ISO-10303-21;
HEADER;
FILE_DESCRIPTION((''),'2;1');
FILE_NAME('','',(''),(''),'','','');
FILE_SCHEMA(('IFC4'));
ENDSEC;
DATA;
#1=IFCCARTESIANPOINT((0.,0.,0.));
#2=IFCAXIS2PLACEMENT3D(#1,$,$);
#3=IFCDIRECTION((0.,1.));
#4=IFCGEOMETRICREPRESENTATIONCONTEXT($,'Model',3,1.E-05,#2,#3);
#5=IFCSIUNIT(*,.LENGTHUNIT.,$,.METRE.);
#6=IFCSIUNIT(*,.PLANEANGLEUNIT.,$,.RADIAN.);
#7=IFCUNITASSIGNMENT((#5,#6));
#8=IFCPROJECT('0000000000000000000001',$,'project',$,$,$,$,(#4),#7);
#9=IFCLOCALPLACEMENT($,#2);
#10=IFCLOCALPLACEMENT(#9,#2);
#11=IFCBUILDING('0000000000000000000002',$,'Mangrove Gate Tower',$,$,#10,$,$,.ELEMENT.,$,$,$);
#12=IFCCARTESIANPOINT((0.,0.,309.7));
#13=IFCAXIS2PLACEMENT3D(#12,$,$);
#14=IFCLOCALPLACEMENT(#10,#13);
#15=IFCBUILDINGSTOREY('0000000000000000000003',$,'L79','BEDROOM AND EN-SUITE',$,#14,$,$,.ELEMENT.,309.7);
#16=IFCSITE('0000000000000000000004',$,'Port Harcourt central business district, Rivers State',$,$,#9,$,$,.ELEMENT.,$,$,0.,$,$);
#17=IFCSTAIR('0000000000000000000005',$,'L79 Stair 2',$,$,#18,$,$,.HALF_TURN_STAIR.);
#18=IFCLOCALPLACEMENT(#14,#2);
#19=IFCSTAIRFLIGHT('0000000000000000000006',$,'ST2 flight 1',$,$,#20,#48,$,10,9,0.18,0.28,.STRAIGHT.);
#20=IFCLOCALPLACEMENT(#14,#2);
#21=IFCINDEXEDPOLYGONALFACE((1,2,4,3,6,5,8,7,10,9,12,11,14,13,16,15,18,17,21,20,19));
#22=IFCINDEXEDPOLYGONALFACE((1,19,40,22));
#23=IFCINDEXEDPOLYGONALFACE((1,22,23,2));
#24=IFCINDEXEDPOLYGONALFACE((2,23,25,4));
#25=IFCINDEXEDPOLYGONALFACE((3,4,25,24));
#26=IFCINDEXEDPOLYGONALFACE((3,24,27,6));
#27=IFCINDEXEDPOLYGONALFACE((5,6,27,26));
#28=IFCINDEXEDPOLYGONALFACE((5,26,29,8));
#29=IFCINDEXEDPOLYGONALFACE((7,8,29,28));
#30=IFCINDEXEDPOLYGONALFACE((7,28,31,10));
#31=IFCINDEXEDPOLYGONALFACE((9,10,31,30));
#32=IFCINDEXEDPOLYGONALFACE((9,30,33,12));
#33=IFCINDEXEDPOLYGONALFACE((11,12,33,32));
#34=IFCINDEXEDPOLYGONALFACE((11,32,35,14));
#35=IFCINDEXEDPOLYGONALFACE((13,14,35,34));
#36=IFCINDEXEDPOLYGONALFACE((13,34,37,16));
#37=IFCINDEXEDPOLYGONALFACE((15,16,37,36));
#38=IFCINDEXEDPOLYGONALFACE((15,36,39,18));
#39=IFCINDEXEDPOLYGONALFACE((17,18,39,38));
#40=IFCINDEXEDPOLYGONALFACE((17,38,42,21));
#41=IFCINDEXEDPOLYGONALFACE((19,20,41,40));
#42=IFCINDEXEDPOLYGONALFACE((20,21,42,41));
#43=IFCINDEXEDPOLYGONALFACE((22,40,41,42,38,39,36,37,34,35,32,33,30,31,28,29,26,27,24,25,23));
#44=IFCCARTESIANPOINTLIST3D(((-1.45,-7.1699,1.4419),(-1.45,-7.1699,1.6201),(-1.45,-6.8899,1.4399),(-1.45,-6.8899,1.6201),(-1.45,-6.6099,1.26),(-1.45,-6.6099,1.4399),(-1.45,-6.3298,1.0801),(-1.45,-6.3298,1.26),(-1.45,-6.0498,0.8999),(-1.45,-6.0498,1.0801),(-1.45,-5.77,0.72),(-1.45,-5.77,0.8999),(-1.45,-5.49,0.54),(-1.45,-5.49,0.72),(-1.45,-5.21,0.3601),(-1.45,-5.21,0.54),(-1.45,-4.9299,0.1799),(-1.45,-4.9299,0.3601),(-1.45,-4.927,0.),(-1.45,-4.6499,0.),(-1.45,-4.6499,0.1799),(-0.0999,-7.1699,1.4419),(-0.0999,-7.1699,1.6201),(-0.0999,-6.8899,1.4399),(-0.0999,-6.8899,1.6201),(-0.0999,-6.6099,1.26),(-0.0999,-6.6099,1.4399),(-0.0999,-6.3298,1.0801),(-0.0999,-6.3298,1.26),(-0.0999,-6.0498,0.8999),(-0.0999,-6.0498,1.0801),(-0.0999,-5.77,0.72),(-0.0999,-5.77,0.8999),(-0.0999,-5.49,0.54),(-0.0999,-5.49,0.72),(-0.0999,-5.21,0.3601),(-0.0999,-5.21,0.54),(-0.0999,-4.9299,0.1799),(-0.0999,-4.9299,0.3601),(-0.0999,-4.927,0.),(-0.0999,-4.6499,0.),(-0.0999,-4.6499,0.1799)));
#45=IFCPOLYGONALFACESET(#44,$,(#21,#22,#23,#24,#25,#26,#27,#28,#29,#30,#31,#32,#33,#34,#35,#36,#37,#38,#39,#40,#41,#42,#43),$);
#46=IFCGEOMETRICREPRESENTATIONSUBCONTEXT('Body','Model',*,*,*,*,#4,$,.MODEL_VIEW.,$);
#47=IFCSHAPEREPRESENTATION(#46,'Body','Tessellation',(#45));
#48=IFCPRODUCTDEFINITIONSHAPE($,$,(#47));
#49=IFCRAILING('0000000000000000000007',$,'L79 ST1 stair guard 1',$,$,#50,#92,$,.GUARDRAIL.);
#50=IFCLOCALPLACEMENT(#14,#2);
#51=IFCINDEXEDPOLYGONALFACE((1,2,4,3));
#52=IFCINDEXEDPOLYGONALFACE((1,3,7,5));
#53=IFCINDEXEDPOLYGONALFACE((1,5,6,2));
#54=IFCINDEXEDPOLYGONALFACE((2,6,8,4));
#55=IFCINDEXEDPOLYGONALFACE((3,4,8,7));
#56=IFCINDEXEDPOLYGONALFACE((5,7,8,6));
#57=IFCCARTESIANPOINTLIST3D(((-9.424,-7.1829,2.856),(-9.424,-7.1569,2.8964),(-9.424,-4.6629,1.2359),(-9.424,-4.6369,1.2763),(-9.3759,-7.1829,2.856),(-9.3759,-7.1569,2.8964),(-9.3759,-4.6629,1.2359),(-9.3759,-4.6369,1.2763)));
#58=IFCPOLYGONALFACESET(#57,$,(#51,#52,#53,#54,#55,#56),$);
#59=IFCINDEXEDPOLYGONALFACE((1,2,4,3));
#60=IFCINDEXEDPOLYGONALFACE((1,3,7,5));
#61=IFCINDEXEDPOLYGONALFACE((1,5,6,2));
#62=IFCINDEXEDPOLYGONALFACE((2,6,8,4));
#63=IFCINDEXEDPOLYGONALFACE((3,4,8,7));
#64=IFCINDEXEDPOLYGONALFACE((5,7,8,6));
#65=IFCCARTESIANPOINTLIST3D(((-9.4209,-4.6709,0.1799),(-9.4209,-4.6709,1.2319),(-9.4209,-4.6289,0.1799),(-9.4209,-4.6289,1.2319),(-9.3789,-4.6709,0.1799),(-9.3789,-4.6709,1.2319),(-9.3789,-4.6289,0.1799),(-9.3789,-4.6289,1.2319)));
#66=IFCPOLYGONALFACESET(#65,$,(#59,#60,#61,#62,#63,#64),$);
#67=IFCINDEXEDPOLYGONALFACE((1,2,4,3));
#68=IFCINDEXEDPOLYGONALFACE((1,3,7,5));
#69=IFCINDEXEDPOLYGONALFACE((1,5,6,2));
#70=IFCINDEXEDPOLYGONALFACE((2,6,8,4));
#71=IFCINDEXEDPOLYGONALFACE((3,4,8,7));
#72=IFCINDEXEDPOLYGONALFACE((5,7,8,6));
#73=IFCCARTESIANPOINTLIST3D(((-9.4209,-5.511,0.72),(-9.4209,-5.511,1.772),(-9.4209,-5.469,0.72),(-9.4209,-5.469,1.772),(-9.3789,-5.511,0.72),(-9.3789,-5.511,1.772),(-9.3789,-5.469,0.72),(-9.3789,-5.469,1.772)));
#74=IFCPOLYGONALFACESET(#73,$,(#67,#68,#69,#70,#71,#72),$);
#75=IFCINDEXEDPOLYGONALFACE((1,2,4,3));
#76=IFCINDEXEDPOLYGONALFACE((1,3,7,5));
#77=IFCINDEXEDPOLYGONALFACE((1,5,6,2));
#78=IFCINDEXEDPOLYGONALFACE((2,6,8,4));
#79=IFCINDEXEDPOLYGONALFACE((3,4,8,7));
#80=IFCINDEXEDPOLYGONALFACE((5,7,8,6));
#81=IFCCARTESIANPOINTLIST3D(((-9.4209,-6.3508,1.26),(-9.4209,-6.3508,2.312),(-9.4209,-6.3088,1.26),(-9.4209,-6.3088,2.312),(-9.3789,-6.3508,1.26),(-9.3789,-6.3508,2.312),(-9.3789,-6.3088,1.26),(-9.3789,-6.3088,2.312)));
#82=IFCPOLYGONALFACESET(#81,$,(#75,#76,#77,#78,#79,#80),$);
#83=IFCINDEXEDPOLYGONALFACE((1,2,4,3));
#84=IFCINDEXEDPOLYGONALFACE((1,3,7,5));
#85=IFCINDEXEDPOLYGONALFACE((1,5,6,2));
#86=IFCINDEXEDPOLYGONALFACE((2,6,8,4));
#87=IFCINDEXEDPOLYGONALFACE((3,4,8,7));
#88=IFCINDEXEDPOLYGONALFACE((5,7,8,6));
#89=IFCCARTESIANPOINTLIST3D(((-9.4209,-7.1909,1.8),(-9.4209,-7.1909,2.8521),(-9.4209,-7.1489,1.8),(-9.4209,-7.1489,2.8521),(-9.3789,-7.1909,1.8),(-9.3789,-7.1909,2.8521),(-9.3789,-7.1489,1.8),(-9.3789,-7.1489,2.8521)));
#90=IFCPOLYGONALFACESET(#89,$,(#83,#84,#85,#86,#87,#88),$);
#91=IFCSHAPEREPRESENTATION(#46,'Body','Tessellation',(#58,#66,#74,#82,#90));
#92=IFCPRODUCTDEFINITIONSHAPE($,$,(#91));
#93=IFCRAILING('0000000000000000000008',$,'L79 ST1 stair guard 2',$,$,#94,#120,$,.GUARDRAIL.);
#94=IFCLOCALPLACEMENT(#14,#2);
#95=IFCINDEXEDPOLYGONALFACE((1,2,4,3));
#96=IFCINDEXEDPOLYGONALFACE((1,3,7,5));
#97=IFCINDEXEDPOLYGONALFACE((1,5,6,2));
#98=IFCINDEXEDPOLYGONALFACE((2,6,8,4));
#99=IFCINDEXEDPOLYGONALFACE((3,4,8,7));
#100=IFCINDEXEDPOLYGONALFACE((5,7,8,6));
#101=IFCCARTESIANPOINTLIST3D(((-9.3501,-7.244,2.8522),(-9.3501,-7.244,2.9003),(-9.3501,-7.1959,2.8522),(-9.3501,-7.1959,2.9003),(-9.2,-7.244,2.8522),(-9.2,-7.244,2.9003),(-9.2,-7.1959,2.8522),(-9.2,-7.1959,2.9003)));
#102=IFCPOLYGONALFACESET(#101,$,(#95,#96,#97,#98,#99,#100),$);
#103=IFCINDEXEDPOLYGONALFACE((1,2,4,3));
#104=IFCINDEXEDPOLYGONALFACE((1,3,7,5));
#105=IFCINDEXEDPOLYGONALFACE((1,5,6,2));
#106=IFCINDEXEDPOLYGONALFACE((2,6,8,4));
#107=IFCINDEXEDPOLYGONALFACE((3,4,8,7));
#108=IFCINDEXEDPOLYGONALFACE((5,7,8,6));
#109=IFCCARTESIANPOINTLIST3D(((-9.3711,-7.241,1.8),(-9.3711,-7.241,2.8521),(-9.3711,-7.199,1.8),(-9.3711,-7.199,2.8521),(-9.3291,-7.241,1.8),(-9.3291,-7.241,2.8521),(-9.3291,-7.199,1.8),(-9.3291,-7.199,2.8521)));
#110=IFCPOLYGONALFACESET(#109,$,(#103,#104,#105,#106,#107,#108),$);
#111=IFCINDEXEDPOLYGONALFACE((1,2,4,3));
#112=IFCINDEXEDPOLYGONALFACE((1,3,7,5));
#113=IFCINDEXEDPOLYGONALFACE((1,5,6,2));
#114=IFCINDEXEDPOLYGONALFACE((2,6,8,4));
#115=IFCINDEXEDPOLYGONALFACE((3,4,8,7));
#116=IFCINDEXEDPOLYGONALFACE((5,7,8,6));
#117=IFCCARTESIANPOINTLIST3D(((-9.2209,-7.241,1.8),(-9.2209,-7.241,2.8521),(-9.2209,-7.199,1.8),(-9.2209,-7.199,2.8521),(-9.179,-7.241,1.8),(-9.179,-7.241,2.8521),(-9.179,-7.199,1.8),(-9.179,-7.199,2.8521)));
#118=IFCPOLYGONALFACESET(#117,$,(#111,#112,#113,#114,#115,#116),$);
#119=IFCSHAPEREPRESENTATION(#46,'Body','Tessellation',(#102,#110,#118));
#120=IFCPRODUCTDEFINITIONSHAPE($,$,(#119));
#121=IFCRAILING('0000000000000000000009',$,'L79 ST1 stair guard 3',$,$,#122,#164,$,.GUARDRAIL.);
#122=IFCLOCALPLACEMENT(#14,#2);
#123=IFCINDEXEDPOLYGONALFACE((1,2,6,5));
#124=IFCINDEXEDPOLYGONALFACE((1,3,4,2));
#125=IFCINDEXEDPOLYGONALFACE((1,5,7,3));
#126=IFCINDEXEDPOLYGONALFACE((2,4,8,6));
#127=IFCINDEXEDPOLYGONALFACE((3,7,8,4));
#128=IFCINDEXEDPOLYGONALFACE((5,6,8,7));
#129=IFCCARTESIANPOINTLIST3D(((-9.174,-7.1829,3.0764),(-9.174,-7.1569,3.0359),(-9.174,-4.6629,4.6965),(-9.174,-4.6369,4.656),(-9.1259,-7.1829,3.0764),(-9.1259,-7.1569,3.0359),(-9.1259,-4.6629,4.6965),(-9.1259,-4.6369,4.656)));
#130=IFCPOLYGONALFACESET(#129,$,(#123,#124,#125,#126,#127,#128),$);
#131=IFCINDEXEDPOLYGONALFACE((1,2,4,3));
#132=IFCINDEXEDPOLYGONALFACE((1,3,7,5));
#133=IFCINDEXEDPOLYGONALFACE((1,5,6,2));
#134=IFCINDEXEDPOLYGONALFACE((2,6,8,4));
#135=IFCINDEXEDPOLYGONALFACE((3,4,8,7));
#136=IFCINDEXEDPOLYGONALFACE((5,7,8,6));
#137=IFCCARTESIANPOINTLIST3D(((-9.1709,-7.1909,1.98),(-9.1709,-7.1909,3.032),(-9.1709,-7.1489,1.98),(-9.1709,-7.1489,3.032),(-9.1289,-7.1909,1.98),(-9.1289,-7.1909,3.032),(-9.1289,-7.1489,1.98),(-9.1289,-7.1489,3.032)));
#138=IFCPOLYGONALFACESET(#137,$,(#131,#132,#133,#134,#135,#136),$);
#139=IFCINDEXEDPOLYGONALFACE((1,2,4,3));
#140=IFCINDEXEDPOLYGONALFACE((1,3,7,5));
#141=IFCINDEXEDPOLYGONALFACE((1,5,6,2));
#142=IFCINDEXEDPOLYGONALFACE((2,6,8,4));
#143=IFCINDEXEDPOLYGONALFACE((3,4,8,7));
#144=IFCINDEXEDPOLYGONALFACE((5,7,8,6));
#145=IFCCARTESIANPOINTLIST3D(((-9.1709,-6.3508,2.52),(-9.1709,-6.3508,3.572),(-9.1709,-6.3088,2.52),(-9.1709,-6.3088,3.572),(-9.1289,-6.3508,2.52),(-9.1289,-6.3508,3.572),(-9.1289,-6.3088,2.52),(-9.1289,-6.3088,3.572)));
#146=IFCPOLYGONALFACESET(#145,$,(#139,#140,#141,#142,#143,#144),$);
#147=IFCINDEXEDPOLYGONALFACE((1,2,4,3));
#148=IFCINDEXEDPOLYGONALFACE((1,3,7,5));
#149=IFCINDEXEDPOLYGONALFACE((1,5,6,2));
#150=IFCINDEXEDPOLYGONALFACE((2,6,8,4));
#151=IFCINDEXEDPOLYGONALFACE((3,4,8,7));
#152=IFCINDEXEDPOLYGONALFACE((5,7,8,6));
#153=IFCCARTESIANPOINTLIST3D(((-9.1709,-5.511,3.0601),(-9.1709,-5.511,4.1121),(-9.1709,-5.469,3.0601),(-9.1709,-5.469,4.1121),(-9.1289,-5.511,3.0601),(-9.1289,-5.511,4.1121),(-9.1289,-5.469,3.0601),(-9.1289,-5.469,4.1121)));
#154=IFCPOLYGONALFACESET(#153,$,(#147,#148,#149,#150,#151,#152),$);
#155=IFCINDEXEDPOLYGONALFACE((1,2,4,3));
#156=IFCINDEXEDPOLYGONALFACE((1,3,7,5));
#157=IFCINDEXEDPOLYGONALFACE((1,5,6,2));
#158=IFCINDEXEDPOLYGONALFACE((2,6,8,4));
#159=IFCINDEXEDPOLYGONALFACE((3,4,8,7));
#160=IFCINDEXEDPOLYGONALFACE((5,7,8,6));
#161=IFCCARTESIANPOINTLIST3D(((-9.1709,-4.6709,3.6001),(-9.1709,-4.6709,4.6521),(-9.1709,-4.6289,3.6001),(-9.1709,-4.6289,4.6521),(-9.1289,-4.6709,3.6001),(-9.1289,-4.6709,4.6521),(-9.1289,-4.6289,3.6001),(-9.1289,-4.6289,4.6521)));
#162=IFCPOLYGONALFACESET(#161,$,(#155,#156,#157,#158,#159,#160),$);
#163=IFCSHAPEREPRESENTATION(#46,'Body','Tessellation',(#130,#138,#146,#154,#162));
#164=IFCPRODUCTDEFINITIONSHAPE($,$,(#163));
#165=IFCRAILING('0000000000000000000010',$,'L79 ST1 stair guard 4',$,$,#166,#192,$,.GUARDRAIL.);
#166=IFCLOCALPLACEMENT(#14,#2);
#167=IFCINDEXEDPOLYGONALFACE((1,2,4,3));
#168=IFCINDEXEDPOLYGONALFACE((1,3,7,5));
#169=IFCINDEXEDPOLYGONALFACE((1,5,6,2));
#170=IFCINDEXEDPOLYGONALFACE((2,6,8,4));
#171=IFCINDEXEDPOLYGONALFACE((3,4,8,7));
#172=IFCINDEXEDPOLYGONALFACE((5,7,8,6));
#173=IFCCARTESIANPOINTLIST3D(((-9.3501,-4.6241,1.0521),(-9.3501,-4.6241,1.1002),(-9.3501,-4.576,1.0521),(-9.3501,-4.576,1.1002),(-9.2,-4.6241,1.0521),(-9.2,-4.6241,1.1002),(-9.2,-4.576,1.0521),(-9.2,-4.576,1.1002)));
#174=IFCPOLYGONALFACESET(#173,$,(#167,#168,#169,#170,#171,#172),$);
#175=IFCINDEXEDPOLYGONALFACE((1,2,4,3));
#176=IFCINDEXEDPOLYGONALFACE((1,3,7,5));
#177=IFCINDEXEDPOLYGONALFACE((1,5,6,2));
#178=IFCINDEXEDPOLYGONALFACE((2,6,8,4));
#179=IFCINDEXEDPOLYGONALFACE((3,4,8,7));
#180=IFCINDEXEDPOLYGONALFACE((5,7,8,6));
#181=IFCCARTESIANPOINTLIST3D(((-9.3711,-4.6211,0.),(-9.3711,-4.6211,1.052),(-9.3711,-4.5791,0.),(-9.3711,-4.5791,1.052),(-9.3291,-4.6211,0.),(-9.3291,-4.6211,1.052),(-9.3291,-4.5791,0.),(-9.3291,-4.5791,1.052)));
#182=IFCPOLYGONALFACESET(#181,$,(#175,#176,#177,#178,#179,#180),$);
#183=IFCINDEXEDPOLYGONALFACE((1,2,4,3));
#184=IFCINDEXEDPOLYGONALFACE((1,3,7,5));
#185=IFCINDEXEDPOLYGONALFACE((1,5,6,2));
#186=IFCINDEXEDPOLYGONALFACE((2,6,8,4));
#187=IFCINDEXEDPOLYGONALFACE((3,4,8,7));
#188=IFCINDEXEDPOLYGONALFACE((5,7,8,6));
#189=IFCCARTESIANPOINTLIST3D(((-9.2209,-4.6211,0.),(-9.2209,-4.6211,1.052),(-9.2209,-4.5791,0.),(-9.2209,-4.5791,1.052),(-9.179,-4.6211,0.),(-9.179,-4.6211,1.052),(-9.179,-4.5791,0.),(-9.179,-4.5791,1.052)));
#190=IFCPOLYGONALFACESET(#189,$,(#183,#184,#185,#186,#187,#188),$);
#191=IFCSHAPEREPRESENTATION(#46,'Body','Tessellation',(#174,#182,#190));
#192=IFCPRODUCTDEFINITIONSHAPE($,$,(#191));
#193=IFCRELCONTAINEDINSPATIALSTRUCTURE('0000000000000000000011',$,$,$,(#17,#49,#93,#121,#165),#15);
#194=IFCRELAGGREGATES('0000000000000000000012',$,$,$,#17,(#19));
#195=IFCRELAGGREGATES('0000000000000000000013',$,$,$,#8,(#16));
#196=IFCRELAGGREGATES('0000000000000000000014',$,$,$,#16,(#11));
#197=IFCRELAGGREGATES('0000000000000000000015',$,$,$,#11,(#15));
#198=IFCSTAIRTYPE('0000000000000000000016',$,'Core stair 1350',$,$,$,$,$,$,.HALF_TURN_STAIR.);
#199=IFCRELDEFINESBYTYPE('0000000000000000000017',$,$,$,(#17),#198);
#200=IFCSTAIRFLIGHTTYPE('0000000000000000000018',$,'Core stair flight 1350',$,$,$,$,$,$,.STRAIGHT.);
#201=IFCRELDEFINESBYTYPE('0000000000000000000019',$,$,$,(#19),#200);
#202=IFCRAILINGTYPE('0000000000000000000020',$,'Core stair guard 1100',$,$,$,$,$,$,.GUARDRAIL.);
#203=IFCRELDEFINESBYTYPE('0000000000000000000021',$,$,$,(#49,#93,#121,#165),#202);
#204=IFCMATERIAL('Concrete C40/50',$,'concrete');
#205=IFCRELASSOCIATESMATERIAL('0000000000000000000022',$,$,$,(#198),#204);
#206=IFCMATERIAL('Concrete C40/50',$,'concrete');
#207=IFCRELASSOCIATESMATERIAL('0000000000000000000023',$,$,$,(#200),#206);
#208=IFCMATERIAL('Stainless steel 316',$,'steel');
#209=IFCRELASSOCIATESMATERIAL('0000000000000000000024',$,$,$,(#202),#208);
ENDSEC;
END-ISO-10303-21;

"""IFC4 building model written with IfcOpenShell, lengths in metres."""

from ifc_helpers import new_model, si_unit, direction, frame, origin, origin_2d, place, context, subcontext, project, spatial, polyline, rectangle, outline, extrude, material, type_object, element, aggregate, save


model = new_model("IFC4")

# Units and contexts
model_context = context("Model", 3, precision=1e-05, world=origin(), true_north=direction((0.0, 1.0)))
body_context = subcontext(model_context, "Body", "Model", "MODEL_VIEW")
ifc_project = project(units=[si_unit("LENGTHUNIT", "METRE"), si_unit("PLANEANGLEUNIT", "RADIAN")], contexts=[model_context])

# Site, building, storey
site_placement = place(None, origin())
site = spatial("IfcSite", under=ifc_project, at=site_placement, Name="Port Harcourt central business district, Rivers State", CompositionType="ELEMENT", RefElevation=0.0)
building_placement = place(site_placement, origin())
building = spatial("IfcBuilding", under=site, at=building_placement, Name="Mangrove Gate Tower", CompositionType="ELEMENT")
storey_placement = place(building_placement, frame((0.0, 0.0, 309.7)))
storey = spatial("IfcBuildingStorey", under=building, at=storey_placement, Name="L79", Description="BEDROOM AND EN-SUITE", CompositionType="ELEMENT", Elevation=309.7)

# Shared definitions
ifc_material_1 = material(Name="Concrete C40/50", Category="concrete")
stair_type = type_object("IfcStairType", Name="Core stair 1350", PredefinedType="HALF_TURN_STAIR", material=ifc_material_1)
ifc_material_2 = material(Name="Concrete C40/50", Category="concrete")
stair_flight_type = type_object("IfcStairFlightType", Name="Core stair flight 1350", PredefinedType="STRAIGHT", material=ifc_material_2)

# Stair, stair flight
stair_1_placement = place(storey_placement, origin())
stair_1 = element("IfcStair", 1, at=stair_1_placement, inside=storey, type_object=stair_type, Name="L79 Stair 2", PredefinedType="HALF_TURN_STAIR")
stair_flight_1_placement = place(storey_placement, frame((-0.7749, -4.6499, 0.0), z_axis=(0.0, 0.0, 1.0), x_axis=(0.0, -1.0, 0.0)))
stair_flight_1 = element("IfcStairFlight", 2, at=stair_flight_1_placement, type_object=stair_flight_type, Name="ST2 flight 1", NumberOfRisers=10, NumberOfTreads=9, PredefinedType="STRAIGHT", RiserHeight=0.18, TreadLength=0.28, context=body_context, shape_type="SweptSolid", body=[
    extrude(outline(polyline([(0.0, 0.0), (0.0, 0.1799), (0.28, 0.1799), (0.28, 0.3601), (0.5601, 0.3601), (0.5601, 0.54), (0.8401, 0.54), (0.8401, 0.72), (1.1201, 0.72), (1.1201, 0.8999), (1.3999, 0.8999), (1.3999, 1.0801), (1.6799, 1.0801), (1.6799, 1.26), (1.96, 1.26), (1.96, 1.4399), (2.24, 1.4399), (2.24, 1.6201), (2.52, 1.6201), (2.52, 1.8), (2.52, 1.4419), (0.2771, 0.0), (0.0, 0.0)])), frame((0.0, 0.675, 0.0), z_axis=(0.0, -1.0, 0.0), x_axis=(1.0, 0.0, 0.0)), (0.0, 0.0, 1.0), 1.3501),
])
aggregate(stair_1, [stair_flight_1])

# Railings
ifc_material_3 = material(Name="Stainless steel 316", Category="steel")
railing_type_1 = type_object("IfcRailingType", Name="Core stair guard 1100", PredefinedType="GUARDRAIL", material=ifc_material_3)
railing_1_placement = place(storey_placement, frame((-9.3999, -4.6499, 0.1799)))
element("IfcRailing", 3, at=railing_1_placement, inside=storey, type_object=railing_type_1, Name="L79 ST1 stair guard 1", PredefinedType="GUARDRAIL", context=body_context, shape_type="SweptSolid", body=[
    extrude(rectangle(XDim=0.0481, YDim=0.0481, at=origin_2d()), frame((0.0, 0.0, 1.0762), z_axis=(0.0, -0.841163, 0.540782), x_axis=(1.0, 0.0, 0.0)), (0.0, 0.0, 1.0), 2.9958),
    extrude(rectangle(XDim=0.042, YDim=0.042, at=origin_2d()), origin(), (0.0, 0.0, 1.0), 1.052),
    extrude(rectangle(XDim=0.042, YDim=0.042, at=origin_2d()), frame((0.0, -0.8401, 0.54)), (0.0, 0.0, 1.0), 1.052),
    extrude(rectangle(XDim=0.042, YDim=0.042, at=origin_2d()), frame((0.0, -1.6799, 1.0801)), (0.0, 0.0, 1.0), 1.052),
    extrude(rectangle(XDim=0.042, YDim=0.042, at=origin_2d()), frame((0.0, -2.52, 1.6201)), (0.0, 0.0, 1.0), 1.052),
])
railing_2_placement = place(storey_placement, frame((-9.3501, -7.22, 1.8)))
element("IfcRailing", 4, at=railing_2_placement, inside=storey, type_object=railing_type_1, Name="L79 ST1 stair guard 2", PredefinedType="GUARDRAIL", context=body_context, shape_type="SweptSolid", body=[
    extrude(rectangle(XDim=0.0481, YDim=0.0481, at=origin_2d()), frame((0.0, 0.0, 1.0762), z_axis=(1.0, 0.0, 0.0), x_axis=(0.0, 1.0, 0.0)), (0.0, 0.0, 1.0), 0.1501),
    extrude(rectangle(XDim=0.042, YDim=0.042, at=origin_2d()), origin(), (0.0, 0.0, 1.0), 1.052),
    extrude(rectangle(XDim=0.042, YDim=0.042, at=origin_2d()), frame((0.1501, 0.0, 0.0)), (0.0, 0.0, 1.0), 1.052),
])
railing_3_placement = place(storey_placement, frame((-9.1499, -7.1699, 1.98)))
element("IfcRailing", 5, at=railing_3_placement, inside=storey, type_object=railing_type_1, Name="L79 ST1 stair guard 3", PredefinedType="GUARDRAIL", context=body_context, shape_type="SweptSolid", body=[
    extrude(rectangle(XDim=0.0481, YDim=0.0481, at=origin_2d()), frame((0.0, 0.0, 1.0762), z_axis=(0.0, 0.841163, 0.540782), x_axis=(-1.0, 0.0, 0.0)), (0.0, 0.0, 1.0), 2.9958),
    extrude(rectangle(XDim=0.042, YDim=0.042, at=origin_2d()), origin(), (0.0, 0.0, 1.0), 1.052),
    extrude(rectangle(XDim=0.042, YDim=0.042, at=origin_2d()), frame((0.0, 0.8401, 0.54)), (0.0, 0.0, 1.0), 1.052),
    extrude(rectangle(XDim=0.042, YDim=0.042, at=origin_2d()), frame((0.0, 1.6799, 1.0801)), (0.0, 0.0, 1.0), 1.052),
    extrude(rectangle(XDim=0.042, YDim=0.042, at=origin_2d()), frame((0.0, 2.52, 1.6201)), (0.0, 0.0, 1.0), 1.052),
])
railing_4_placement = place(storey_placement, frame((-9.3501, -4.6001, 0.0)))
element("IfcRailing", 6, at=railing_4_placement, inside=storey, type_object=railing_type_1, Name="L79 ST1 stair guard 4", PredefinedType="GUARDRAIL", context=body_context, shape_type="SweptSolid", body=[
    extrude(rectangle(XDim=0.0481, YDim=0.0481, at=origin_2d()), frame((0.0, 0.0, 1.0762), z_axis=(1.0, 0.0, 0.0), x_axis=(0.0, 1.0, 0.0)), (0.0, 0.0, 1.0), 0.1501),
    extrude(rectangle(XDim=0.042, YDim=0.042, at=origin_2d()), origin(), (0.0, 0.0, 1.0), 1.052),
    extrude(rectangle(XDim=0.042, YDim=0.042, at=origin_2d()), frame((0.1501, 0.0, 0.0)), (0.0, 0.0, 1.0), 1.052),
])

save(model, "model.ifc")
